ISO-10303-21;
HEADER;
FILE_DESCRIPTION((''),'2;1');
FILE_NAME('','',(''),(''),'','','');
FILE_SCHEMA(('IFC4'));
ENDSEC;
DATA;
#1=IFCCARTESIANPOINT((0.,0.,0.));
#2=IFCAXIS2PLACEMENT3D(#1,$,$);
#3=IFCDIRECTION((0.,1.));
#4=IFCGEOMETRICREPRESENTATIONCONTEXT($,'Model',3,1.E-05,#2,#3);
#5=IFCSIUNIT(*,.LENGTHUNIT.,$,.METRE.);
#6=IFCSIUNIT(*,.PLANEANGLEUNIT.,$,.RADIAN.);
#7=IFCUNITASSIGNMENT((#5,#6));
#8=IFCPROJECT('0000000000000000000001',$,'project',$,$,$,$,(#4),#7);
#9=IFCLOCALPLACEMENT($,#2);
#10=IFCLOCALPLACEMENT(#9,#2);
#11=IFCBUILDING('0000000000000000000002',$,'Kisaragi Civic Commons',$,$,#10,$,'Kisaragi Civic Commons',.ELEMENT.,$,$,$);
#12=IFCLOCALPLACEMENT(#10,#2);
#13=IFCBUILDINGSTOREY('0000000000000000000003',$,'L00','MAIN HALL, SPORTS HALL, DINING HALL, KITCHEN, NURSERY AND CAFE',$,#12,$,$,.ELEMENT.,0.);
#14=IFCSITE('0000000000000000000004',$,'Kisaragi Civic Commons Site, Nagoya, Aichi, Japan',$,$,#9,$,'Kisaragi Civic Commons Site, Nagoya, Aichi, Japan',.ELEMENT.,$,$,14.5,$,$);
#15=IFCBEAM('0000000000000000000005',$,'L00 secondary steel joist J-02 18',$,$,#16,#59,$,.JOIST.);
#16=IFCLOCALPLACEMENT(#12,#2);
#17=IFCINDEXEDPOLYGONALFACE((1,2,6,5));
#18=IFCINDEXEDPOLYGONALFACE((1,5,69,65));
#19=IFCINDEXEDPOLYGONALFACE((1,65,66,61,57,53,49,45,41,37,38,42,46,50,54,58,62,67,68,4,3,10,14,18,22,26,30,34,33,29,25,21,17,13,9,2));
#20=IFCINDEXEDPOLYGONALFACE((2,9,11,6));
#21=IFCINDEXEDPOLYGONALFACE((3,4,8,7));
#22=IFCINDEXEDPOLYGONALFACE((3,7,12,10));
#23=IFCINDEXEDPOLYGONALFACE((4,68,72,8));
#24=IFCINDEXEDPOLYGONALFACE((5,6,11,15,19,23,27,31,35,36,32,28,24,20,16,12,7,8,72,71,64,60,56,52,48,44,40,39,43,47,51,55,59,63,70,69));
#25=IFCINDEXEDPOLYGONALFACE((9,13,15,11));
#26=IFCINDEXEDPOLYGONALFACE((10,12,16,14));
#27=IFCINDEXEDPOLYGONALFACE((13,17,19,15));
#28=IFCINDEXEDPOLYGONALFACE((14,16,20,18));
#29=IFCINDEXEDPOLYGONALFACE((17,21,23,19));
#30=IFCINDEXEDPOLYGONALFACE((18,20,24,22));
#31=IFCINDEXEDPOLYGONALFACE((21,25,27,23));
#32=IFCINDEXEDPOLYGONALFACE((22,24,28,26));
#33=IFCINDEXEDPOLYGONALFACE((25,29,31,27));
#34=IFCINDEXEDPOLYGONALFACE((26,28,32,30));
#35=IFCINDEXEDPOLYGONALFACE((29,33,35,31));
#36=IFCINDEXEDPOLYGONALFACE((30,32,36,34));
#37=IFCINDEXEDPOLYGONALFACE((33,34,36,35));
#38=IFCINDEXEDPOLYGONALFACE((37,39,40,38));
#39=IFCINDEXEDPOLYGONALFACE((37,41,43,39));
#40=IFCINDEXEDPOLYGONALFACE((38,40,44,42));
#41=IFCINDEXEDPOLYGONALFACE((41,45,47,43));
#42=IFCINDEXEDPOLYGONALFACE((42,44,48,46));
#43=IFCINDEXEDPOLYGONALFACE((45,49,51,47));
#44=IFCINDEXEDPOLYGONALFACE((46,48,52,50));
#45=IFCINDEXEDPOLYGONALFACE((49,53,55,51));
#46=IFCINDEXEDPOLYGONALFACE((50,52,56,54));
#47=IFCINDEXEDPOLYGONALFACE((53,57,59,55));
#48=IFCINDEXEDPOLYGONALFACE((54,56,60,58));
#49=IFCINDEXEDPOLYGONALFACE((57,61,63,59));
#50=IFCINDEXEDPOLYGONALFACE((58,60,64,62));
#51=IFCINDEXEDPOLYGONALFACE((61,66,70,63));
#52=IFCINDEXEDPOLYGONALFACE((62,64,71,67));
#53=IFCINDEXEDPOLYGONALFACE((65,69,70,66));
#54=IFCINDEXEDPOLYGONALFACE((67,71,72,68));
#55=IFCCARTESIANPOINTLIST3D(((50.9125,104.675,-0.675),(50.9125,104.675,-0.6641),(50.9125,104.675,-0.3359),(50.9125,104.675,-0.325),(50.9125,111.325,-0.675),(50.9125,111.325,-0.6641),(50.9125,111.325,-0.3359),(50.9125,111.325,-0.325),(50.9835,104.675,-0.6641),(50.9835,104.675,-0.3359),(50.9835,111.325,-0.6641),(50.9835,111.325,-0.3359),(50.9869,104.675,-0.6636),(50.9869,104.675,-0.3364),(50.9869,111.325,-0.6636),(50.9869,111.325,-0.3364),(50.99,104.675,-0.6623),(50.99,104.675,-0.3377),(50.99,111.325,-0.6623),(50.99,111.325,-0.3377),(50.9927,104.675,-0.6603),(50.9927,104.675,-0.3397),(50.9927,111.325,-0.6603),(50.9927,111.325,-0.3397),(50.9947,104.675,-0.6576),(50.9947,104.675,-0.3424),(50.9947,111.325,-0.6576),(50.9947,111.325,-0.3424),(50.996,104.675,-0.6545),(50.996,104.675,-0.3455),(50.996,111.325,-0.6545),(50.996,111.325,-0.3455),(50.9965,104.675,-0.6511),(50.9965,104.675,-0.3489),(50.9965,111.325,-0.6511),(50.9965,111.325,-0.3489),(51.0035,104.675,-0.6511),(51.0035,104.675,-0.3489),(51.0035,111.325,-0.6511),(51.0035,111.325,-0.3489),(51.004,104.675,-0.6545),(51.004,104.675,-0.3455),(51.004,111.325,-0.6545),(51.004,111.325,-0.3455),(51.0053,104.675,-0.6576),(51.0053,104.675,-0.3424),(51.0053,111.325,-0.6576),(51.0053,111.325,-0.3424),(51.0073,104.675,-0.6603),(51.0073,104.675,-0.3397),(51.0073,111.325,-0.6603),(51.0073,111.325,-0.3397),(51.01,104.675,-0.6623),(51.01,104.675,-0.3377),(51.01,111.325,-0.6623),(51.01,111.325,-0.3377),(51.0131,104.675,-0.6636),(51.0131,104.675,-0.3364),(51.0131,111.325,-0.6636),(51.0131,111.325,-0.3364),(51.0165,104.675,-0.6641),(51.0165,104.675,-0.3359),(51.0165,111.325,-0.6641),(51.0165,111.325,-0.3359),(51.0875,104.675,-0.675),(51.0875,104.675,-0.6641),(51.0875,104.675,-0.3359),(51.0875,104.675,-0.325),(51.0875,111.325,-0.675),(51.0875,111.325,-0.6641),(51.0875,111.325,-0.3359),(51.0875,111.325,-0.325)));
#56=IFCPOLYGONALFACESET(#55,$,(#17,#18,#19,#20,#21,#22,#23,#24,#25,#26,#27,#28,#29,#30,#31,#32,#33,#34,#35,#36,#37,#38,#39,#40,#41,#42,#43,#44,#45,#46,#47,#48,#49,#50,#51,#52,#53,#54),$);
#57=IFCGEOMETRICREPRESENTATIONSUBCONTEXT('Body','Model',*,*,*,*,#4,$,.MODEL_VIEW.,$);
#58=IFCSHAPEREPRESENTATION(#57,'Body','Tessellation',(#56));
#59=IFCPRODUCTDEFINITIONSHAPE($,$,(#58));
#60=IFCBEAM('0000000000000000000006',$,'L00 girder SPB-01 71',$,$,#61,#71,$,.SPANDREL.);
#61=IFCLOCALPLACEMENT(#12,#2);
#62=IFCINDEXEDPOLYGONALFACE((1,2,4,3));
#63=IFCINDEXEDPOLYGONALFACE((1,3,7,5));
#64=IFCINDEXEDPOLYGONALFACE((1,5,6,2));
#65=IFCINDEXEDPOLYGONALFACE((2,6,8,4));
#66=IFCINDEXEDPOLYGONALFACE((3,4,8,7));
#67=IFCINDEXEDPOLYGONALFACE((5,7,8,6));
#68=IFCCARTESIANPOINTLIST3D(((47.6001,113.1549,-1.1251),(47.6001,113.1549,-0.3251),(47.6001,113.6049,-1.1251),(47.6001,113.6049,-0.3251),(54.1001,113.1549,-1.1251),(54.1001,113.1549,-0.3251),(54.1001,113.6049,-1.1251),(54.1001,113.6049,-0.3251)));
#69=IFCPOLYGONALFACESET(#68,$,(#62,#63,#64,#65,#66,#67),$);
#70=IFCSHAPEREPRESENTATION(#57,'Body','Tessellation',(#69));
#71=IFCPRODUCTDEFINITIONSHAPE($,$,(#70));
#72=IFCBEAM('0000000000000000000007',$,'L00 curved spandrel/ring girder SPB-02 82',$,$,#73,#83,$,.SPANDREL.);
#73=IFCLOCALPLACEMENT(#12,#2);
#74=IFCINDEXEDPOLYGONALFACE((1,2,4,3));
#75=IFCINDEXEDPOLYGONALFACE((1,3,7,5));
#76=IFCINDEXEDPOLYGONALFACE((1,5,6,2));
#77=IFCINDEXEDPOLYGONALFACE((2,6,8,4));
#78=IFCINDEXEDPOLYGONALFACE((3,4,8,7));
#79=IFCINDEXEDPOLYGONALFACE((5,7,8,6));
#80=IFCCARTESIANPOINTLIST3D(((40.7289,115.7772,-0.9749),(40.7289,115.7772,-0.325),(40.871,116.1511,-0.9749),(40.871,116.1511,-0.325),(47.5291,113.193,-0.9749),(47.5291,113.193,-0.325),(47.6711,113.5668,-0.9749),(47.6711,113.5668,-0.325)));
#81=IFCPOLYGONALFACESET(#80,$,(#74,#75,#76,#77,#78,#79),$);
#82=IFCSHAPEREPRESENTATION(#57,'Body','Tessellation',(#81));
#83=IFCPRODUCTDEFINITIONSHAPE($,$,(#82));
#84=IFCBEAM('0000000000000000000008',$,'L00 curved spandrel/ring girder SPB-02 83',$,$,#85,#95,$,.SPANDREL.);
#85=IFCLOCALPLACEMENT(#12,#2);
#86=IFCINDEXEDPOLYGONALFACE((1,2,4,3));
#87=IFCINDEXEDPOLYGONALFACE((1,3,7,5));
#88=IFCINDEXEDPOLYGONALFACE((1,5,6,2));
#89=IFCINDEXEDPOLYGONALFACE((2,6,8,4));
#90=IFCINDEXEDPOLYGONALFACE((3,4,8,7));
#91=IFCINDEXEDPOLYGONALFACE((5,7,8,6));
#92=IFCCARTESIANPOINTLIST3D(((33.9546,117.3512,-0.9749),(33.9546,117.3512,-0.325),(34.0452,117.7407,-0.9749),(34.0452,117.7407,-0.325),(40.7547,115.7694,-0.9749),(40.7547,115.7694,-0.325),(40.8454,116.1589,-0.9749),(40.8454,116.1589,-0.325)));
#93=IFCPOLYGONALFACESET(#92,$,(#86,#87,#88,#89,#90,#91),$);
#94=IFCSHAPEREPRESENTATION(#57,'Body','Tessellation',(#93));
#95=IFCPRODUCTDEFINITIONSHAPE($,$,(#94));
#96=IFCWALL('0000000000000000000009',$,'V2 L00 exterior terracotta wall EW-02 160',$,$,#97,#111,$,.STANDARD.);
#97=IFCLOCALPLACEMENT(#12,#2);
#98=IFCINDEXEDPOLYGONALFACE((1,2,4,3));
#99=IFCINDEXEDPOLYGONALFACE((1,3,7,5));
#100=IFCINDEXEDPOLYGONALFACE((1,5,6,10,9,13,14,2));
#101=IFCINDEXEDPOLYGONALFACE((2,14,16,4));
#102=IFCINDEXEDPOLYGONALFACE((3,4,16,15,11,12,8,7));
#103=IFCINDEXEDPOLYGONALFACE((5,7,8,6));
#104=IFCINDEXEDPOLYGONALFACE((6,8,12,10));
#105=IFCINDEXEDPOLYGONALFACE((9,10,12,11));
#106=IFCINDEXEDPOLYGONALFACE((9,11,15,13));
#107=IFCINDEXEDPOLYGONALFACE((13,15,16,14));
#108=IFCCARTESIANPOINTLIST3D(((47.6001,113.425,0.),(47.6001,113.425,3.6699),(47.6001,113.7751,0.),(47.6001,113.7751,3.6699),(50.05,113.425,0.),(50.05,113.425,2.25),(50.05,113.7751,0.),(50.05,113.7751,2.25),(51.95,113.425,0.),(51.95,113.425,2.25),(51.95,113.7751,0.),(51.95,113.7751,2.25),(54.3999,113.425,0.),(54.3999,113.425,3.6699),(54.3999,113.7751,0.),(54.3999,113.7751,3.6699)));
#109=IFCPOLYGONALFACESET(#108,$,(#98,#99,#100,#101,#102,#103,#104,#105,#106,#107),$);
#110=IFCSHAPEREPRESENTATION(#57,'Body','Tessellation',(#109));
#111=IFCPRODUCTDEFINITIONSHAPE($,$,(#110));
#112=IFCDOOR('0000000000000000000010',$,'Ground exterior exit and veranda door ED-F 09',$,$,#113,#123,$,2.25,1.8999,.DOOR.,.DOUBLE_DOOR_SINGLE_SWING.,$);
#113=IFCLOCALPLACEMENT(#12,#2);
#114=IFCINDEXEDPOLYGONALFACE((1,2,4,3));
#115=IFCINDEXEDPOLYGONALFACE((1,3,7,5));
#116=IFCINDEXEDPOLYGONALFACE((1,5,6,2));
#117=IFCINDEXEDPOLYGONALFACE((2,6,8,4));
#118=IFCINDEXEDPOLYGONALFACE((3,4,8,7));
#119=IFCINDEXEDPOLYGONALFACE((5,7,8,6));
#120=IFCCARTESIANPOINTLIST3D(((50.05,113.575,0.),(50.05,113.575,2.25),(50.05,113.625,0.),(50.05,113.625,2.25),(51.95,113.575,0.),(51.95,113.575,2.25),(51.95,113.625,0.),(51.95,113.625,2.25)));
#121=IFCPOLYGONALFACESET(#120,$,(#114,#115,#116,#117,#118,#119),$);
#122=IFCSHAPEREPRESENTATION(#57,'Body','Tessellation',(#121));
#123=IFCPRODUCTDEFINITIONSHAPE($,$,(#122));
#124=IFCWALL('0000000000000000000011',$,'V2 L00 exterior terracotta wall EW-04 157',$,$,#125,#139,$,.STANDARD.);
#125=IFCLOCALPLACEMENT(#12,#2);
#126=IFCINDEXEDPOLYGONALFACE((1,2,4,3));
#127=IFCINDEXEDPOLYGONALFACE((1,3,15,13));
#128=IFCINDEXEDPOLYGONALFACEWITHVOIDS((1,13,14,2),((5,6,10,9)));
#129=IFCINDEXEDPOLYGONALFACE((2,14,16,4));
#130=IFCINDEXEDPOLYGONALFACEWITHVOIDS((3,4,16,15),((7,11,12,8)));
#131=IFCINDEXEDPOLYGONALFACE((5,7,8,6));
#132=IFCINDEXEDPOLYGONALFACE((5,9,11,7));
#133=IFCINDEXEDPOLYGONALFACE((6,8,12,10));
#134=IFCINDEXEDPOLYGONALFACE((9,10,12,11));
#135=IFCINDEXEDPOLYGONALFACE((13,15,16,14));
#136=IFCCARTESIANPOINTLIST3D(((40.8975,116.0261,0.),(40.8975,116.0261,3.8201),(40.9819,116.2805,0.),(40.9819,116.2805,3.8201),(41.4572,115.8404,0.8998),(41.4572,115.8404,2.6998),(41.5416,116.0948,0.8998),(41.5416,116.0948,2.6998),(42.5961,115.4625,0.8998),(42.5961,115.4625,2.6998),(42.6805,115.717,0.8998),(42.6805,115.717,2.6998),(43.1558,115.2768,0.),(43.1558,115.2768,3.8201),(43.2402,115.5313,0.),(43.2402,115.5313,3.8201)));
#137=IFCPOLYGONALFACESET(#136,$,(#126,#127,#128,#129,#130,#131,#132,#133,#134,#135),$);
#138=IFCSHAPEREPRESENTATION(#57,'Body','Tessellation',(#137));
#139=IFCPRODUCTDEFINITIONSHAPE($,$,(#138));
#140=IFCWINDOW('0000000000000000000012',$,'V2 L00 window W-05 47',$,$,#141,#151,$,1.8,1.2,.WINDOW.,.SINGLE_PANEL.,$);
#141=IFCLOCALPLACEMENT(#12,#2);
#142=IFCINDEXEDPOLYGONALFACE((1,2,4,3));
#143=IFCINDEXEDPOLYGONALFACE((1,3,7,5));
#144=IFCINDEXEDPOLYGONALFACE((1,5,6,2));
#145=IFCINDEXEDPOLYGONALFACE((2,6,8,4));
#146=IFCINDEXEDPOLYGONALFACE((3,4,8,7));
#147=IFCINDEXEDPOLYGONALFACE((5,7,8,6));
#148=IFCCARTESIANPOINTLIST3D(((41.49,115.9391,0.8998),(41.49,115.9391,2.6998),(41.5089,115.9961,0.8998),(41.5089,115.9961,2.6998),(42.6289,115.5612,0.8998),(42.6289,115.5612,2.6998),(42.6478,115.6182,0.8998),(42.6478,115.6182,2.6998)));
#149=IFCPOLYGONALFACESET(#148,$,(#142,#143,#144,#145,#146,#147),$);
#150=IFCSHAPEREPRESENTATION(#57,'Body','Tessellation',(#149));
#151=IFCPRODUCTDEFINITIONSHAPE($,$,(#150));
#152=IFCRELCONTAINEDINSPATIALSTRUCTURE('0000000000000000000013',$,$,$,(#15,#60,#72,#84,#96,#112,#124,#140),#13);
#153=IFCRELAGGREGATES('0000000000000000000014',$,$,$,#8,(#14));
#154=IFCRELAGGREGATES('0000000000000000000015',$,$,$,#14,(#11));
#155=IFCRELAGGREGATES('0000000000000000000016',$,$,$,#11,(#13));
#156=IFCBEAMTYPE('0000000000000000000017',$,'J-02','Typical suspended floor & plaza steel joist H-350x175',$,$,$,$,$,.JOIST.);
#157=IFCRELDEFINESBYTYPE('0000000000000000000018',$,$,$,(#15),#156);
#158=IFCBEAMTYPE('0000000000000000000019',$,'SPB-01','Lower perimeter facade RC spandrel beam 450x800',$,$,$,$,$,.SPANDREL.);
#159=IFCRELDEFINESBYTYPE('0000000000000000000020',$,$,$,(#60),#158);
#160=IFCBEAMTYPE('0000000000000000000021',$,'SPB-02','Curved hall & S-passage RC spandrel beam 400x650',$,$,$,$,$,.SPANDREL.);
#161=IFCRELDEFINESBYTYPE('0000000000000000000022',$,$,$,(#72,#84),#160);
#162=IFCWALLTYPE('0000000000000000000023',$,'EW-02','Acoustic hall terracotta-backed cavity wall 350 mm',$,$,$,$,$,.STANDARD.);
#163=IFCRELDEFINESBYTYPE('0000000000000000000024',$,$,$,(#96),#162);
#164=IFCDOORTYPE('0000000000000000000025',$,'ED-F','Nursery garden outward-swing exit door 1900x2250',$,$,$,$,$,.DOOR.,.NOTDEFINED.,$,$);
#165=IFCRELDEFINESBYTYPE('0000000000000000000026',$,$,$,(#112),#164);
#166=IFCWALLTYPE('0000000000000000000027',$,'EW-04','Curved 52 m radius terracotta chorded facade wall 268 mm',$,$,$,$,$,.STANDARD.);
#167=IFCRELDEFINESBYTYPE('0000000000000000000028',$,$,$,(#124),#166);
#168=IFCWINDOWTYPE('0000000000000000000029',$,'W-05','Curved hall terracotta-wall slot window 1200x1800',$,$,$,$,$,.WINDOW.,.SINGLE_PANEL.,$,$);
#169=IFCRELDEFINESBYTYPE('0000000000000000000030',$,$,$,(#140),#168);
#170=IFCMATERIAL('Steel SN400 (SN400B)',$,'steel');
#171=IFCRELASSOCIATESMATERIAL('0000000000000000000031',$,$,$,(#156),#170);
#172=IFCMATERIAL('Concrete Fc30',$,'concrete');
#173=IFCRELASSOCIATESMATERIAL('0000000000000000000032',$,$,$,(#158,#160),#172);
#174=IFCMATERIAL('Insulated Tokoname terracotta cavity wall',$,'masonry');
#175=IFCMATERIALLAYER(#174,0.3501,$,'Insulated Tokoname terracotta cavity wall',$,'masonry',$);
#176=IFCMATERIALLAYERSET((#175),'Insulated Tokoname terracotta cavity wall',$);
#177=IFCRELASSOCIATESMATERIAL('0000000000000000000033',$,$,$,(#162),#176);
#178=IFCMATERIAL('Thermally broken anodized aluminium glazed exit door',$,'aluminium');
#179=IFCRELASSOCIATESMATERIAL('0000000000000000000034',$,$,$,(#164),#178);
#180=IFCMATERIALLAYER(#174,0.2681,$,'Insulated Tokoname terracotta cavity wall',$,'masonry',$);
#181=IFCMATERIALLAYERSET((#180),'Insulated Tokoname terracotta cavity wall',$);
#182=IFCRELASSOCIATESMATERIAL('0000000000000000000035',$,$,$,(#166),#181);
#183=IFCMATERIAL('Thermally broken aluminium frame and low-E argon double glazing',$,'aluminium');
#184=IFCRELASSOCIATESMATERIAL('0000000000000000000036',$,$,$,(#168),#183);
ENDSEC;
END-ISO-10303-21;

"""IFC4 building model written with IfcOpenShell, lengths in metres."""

from ifc_helpers import new_model, si_unit, direction, frame, frame_2d, origin, origin_2d, place, context, subcontext, project, spatial, rectangle, i_section, extrude, material, layer, layer_set, material_profile, profile_set, type_object, element, fill, save


model = new_model("IFC4")

# Units and contexts
model_context = context("Model", 3, precision=1e-05, world=origin(), true_north=direction((0.0, 1.0)))
body_context = subcontext(model_context, "Body", "Model", "MODEL_VIEW")
ifc_project = project(units=[si_unit("LENGTHUNIT", "METRE"), si_unit("PLANEANGLEUNIT", "RADIAN")], contexts=[model_context])

# Site, building, storey
site_placement = place(None, origin())
site = spatial("IfcSite", under=ifc_project, at=site_placement, Name="Kisaragi Civic Commons Site, Nagoya, Aichi, Japan", LongName="Kisaragi Civic Commons Site, Nagoya, Aichi, Japan", CompositionType="ELEMENT", RefElevation=14.5)
building_placement = place(site_placement, origin())
building = spatial("IfcBuilding", under=site, at=building_placement, Name="Kisaragi Civic Commons", LongName="Kisaragi Civic Commons", CompositionType="ELEMENT")
storey_placement = place(building_placement, origin())
storey = spatial("IfcBuildingStorey", under=building, at=storey_placement, Name="L00", Description="MAIN HALL, SPORTS HALL, DINING HALL, KITCHEN, NURSERY AND CAFE", CompositionType="ELEMENT", Elevation=0.0)

# Shared definitions
ifc_material_1 = material(Name="Concrete Fc30", Category="concrete")

# Beams
ifc_material_2 = material(Name="Steel SN400 (SN400B)", Category="steel")
ifc_material_profile_1 = material_profile(ifc_material_2, i_section(OverallWidth=0.175, OverallDepth=0.3501, WebThickness=0.0071, FlangeThickness=0.011, FilletRadius=0.0129, at=origin_2d()), Name="H-350x175x7x11", Category="steel")
ifc_profile_set_1 = profile_set([ifc_material_profile_1], Name="Steel SN400 (SN400B)")
beam_type_1 = type_object("IfcBeamType", Name="J-02", Description="Typical suspended floor & plaza steel joist H-350x175", PredefinedType="JOIST", material=ifc_profile_set_1)
for number, where, z_axis, x_axis, name in (
    (1, (51.0, 104.675, -0.5), (0.0, 1.0, 0.0), (-1.0, 0.0, 0.0), "L00 secondary steel joist J-02 18"),
):
    element("IfcBeam", number, at=place(storey_placement, frame(where, z_axis=z_axis, x_axis=x_axis)), inside=storey, type_object=beam_type_1, Name=name, PredefinedType="JOIST", context=body_context, shape_type="SweptSolid", body=[
        extrude(i_section(OverallWidth=0.175, OverallDepth=0.3501, WebThickness=0.0071, FlangeThickness=0.011, FilletRadius=0.0129, at=origin_2d()), origin(), (0.0, 0.0, 1.0), 6.6499),
    ])
ifc_material_profile_2 = material_profile(ifc_material_1, rectangle(XDim=0.45, YDim=0.8, at=origin_2d()), Name="RC-450x800", Category="concrete")
ifc_profile_set_2 = profile_set([ifc_material_profile_2], Name="Concrete Fc30")
beam_type_2 = type_object("IfcBeamType", Name="SPB-01", Description="Lower perimeter facade RC spandrel beam 450x800", PredefinedType="SPANDREL", material=ifc_profile_set_2)
beam_1_placement = place(storey_placement, frame((47.6001, 113.3799, -0.7251), z_axis=(1.0, 0.0, 0.0), x_axis=(0.0, 1.0, 0.0)))
element("IfcBeam", 2, at=beam_1_placement, inside=storey, type_object=beam_type_2, Name="L00 girder SPB-01 71", PredefinedType="SPANDREL", context=body_context, shape_type="SweptSolid", body=[
    extrude(rectangle(XDim=0.45, YDim=0.8, at=origin_2d()), origin(), (0.0, 0.0, 1.0), 6.5),
])
ifc_material_profile_3 = material_profile(ifc_material_1, rectangle(XDim=0.3999, YDim=0.6499, at=origin_2d()), Name="RC-400x650", Category="concrete")
ifc_profile_set_3 = profile_set([ifc_material_profile_3], Name="Concrete Fc30")
beam_type_3 = type_object("IfcBeamType", Name="SPB-02", Description="Curved hall & S-passage RC spandrel beam 400x650", PredefinedType="SPANDREL", material=ifc_profile_set_3)
beam_2_placement = place(storey_placement, frame((47.6001, 113.3799, -0.6499), z_axis=(-0.934774, 0.355243, 0.0), x_axis=(-0.355243, -0.934774, 0.0)))
element("IfcBeam", 3, at=beam_2_placement, inside=storey, type_object=beam_type_3, Name="L00 curved spandrel/ring girder SPB-02 82", PredefinedType="SPANDREL", context=body_context, shape_type="SweptSolid", body=[
    extrude(rectangle(XDim=0.3999, YDim=0.6499, at=origin_2d()), origin(), (0.0, 0.0, 1.0), 7.2747),
])
beam_3_placement = place(storey_placement, frame((40.8, 115.9641, -0.6499), z_axis=(-0.973996, 0.226565, 0.0), x_axis=(-0.226565, -0.973996, 0.0)))
element("IfcBeam", 4, at=beam_3_placement, inside=storey, type_object=beam_type_3, Name="L00 curved spandrel/ring girder SPB-02 83", PredefinedType="SPANDREL", context=body_context, shape_type="SweptSolid", body=[
    extrude(rectangle(XDim=0.3999, YDim=0.6499, at=origin_2d()), origin(), (0.0, 0.0, 1.0), 6.9817),
])

# Wall, opening, door
ifc_material_3 = material(Name="Insulated Tokoname terracotta cavity wall", Category="masonry")
ifc_layer_1 = layer(ifc_material_3, 0.3501, Name="Insulated Tokoname terracotta cavity wall", Category="masonry")
ifc_layer_set_1 = layer_set([ifc_layer_1], Name="Insulated Tokoname terracotta cavity wall")
wall_type_1 = type_object("IfcWallType", Name="EW-02", Description="Acoustic hall terracotta-backed cavity wall 350 mm", PredefinedType="STANDARD", material=ifc_layer_set_1)
wall_1_placement = place(storey_placement, frame((47.6001, 113.6001, 0.0), z_axis=(0.0, 0.0, 1.0), x_axis=(1.0, 0.0, 0.0)))
wall_1 = element("IfcWall", 5, at=wall_1_placement, inside=storey, type_object=wall_type_1, Name="V2 L00 exterior terracotta wall EW-02 160", PredefinedType="STANDARD", context=body_context, shape_type="SweptSolid", body=[
    extrude(rectangle(XDim=6.7998, YDim=0.3501, at=frame_2d((3.3999, 0.0))), origin(), (0.0, 0.0, 1.0), 3.6699),
])
opening_1_placement = place(wall_1_placement, frame((2.45, 0.0, 0.0)))
opening_1 = element("IfcOpeningElement", 6, at=opening_1_placement, cuts=wall_1, PredefinedType="OPENING", context=body_context, shape_type="SweptSolid", body=[
    extrude(rectangle(XDim=1.8999, YDim=2.25, at=frame_2d((0.95, 1.125))), frame((0.0, 0.1851, 0.0), z_axis=(0.0, -1.0, 0.0), x_axis=(1.0, 0.0, 0.0)), (0.0, 0.0, 1.0), 0.3701),
])
ifc_material_4 = material(Name="Thermally broken anodized aluminium glazed exit door", Category="aluminium")
door_type = type_object("IfcDoorType", Name="ED-F", Description="Nursery garden outward-swing exit door 1900x2250", OperationType="NOTDEFINED", PredefinedType="DOOR", material=ifc_material_4)
door_placement = place(opening_1_placement, origin())
door = element("IfcDoor", 7, at=door_placement, inside=storey, type_object=door_type, Name="Ground exterior exit and veranda door ED-F 09", OperationType="DOUBLE_DOOR_SINGLE_SWING", OverallHeight=2.25, OverallWidth=1.8999, PredefinedType="DOOR", context=body_context, shape_type="SweptSolid", body=[
    extrude(rectangle(XDim=1.8999, YDim=2.25, at=frame_2d((0.95, 1.125))), frame((0.0, 0.0249, 0.0), z_axis=(0.0, -1.0, 0.0), x_axis=(1.0, 0.0, 0.0)), (0.0, 0.0, 1.0), 0.05),
])
fill(opening_1, door)

# Wall, opening, window
ifc_layer_2 = layer(ifc_material_3, 0.2681, Name="Insulated Tokoname terracotta cavity wall", Category="masonry")
ifc_layer_set_2 = layer_set([ifc_layer_2], Name="Insulated Tokoname terracotta cavity wall")
wall_type_2 = type_object("IfcWallType", Name="EW-04", Description="Curved 52 m radius terracotta chorded facade wall 268 mm", PredefinedType="STANDARD", material=ifc_layer_set_2)
wall_2_placement = place(storey_placement, frame((40.9397, 116.1533, 0.0), z_axis=(0.0, 0.0, 1.0), x_axis=(0.949124, -0.314904, 0.0)))
wall_2 = element("IfcWall", 8, at=wall_2_placement, inside=storey, type_object=wall_type_2, Name="V2 L00 exterior terracotta wall EW-04 157", PredefinedType="STANDARD", context=body_context, shape_type="SweptSolid", body=[
    extrude(rectangle(XDim=2.3794, YDim=0.2681, at=frame_2d((1.1897, 0.0))), origin(), (0.0, 0.0, 1.0), 3.8201),
])
opening_2_placement = place(wall_2_placement, frame((0.5896, 0.0, 0.8999)))
opening_2 = element("IfcOpeningElement", 9, at=opening_2_placement, cuts=wall_2, PredefinedType="OPENING", context=body_context, shape_type="SweptSolid", body=[
    extrude(rectangle(XDim=1.2, YDim=1.8, at=frame_2d((0.6001, 0.8999))), frame((0.0, 0.144, 0.0), z_axis=(0.0, -1.0, 0.0), x_axis=(1.0, 0.0, 0.0)), (0.0, 0.0, 1.0), 0.2881),
])
ifc_material_5 = material(Name="Thermally broken aluminium frame and low-E argon double glazing", Category="aluminium")
window_type = type_object("IfcWindowType", Name="W-05", Description="Curved hall terracotta-wall slot window 1200x1800", PartitioningType="SINGLE_PANEL", PredefinedType="WINDOW", material=ifc_material_5)
window_1_placement = place(opening_2_placement, origin())
window_1 = element("IfcWindow", 10, at=window_1_placement, inside=storey, type_object=window_type, Name="V2 L00 window W-05 47", OverallHeight=1.8, OverallWidth=1.2, PartitioningType="SINGLE_PANEL", PredefinedType="WINDOW", context=body_context, shape_type="SweptSolid", body=[
    extrude(rectangle(XDim=1.2, YDim=1.8, at=frame_2d((0.6001, 0.8999))), frame((0.0, 0.03, 0.0), z_axis=(0.0, -1.0, 0.0), x_axis=(1.0, 0.0, 0.0)), (0.0, 0.0, 1.0), 0.0601),
])
fill(opening_2, window_1)

save(model, "model.ifc")
